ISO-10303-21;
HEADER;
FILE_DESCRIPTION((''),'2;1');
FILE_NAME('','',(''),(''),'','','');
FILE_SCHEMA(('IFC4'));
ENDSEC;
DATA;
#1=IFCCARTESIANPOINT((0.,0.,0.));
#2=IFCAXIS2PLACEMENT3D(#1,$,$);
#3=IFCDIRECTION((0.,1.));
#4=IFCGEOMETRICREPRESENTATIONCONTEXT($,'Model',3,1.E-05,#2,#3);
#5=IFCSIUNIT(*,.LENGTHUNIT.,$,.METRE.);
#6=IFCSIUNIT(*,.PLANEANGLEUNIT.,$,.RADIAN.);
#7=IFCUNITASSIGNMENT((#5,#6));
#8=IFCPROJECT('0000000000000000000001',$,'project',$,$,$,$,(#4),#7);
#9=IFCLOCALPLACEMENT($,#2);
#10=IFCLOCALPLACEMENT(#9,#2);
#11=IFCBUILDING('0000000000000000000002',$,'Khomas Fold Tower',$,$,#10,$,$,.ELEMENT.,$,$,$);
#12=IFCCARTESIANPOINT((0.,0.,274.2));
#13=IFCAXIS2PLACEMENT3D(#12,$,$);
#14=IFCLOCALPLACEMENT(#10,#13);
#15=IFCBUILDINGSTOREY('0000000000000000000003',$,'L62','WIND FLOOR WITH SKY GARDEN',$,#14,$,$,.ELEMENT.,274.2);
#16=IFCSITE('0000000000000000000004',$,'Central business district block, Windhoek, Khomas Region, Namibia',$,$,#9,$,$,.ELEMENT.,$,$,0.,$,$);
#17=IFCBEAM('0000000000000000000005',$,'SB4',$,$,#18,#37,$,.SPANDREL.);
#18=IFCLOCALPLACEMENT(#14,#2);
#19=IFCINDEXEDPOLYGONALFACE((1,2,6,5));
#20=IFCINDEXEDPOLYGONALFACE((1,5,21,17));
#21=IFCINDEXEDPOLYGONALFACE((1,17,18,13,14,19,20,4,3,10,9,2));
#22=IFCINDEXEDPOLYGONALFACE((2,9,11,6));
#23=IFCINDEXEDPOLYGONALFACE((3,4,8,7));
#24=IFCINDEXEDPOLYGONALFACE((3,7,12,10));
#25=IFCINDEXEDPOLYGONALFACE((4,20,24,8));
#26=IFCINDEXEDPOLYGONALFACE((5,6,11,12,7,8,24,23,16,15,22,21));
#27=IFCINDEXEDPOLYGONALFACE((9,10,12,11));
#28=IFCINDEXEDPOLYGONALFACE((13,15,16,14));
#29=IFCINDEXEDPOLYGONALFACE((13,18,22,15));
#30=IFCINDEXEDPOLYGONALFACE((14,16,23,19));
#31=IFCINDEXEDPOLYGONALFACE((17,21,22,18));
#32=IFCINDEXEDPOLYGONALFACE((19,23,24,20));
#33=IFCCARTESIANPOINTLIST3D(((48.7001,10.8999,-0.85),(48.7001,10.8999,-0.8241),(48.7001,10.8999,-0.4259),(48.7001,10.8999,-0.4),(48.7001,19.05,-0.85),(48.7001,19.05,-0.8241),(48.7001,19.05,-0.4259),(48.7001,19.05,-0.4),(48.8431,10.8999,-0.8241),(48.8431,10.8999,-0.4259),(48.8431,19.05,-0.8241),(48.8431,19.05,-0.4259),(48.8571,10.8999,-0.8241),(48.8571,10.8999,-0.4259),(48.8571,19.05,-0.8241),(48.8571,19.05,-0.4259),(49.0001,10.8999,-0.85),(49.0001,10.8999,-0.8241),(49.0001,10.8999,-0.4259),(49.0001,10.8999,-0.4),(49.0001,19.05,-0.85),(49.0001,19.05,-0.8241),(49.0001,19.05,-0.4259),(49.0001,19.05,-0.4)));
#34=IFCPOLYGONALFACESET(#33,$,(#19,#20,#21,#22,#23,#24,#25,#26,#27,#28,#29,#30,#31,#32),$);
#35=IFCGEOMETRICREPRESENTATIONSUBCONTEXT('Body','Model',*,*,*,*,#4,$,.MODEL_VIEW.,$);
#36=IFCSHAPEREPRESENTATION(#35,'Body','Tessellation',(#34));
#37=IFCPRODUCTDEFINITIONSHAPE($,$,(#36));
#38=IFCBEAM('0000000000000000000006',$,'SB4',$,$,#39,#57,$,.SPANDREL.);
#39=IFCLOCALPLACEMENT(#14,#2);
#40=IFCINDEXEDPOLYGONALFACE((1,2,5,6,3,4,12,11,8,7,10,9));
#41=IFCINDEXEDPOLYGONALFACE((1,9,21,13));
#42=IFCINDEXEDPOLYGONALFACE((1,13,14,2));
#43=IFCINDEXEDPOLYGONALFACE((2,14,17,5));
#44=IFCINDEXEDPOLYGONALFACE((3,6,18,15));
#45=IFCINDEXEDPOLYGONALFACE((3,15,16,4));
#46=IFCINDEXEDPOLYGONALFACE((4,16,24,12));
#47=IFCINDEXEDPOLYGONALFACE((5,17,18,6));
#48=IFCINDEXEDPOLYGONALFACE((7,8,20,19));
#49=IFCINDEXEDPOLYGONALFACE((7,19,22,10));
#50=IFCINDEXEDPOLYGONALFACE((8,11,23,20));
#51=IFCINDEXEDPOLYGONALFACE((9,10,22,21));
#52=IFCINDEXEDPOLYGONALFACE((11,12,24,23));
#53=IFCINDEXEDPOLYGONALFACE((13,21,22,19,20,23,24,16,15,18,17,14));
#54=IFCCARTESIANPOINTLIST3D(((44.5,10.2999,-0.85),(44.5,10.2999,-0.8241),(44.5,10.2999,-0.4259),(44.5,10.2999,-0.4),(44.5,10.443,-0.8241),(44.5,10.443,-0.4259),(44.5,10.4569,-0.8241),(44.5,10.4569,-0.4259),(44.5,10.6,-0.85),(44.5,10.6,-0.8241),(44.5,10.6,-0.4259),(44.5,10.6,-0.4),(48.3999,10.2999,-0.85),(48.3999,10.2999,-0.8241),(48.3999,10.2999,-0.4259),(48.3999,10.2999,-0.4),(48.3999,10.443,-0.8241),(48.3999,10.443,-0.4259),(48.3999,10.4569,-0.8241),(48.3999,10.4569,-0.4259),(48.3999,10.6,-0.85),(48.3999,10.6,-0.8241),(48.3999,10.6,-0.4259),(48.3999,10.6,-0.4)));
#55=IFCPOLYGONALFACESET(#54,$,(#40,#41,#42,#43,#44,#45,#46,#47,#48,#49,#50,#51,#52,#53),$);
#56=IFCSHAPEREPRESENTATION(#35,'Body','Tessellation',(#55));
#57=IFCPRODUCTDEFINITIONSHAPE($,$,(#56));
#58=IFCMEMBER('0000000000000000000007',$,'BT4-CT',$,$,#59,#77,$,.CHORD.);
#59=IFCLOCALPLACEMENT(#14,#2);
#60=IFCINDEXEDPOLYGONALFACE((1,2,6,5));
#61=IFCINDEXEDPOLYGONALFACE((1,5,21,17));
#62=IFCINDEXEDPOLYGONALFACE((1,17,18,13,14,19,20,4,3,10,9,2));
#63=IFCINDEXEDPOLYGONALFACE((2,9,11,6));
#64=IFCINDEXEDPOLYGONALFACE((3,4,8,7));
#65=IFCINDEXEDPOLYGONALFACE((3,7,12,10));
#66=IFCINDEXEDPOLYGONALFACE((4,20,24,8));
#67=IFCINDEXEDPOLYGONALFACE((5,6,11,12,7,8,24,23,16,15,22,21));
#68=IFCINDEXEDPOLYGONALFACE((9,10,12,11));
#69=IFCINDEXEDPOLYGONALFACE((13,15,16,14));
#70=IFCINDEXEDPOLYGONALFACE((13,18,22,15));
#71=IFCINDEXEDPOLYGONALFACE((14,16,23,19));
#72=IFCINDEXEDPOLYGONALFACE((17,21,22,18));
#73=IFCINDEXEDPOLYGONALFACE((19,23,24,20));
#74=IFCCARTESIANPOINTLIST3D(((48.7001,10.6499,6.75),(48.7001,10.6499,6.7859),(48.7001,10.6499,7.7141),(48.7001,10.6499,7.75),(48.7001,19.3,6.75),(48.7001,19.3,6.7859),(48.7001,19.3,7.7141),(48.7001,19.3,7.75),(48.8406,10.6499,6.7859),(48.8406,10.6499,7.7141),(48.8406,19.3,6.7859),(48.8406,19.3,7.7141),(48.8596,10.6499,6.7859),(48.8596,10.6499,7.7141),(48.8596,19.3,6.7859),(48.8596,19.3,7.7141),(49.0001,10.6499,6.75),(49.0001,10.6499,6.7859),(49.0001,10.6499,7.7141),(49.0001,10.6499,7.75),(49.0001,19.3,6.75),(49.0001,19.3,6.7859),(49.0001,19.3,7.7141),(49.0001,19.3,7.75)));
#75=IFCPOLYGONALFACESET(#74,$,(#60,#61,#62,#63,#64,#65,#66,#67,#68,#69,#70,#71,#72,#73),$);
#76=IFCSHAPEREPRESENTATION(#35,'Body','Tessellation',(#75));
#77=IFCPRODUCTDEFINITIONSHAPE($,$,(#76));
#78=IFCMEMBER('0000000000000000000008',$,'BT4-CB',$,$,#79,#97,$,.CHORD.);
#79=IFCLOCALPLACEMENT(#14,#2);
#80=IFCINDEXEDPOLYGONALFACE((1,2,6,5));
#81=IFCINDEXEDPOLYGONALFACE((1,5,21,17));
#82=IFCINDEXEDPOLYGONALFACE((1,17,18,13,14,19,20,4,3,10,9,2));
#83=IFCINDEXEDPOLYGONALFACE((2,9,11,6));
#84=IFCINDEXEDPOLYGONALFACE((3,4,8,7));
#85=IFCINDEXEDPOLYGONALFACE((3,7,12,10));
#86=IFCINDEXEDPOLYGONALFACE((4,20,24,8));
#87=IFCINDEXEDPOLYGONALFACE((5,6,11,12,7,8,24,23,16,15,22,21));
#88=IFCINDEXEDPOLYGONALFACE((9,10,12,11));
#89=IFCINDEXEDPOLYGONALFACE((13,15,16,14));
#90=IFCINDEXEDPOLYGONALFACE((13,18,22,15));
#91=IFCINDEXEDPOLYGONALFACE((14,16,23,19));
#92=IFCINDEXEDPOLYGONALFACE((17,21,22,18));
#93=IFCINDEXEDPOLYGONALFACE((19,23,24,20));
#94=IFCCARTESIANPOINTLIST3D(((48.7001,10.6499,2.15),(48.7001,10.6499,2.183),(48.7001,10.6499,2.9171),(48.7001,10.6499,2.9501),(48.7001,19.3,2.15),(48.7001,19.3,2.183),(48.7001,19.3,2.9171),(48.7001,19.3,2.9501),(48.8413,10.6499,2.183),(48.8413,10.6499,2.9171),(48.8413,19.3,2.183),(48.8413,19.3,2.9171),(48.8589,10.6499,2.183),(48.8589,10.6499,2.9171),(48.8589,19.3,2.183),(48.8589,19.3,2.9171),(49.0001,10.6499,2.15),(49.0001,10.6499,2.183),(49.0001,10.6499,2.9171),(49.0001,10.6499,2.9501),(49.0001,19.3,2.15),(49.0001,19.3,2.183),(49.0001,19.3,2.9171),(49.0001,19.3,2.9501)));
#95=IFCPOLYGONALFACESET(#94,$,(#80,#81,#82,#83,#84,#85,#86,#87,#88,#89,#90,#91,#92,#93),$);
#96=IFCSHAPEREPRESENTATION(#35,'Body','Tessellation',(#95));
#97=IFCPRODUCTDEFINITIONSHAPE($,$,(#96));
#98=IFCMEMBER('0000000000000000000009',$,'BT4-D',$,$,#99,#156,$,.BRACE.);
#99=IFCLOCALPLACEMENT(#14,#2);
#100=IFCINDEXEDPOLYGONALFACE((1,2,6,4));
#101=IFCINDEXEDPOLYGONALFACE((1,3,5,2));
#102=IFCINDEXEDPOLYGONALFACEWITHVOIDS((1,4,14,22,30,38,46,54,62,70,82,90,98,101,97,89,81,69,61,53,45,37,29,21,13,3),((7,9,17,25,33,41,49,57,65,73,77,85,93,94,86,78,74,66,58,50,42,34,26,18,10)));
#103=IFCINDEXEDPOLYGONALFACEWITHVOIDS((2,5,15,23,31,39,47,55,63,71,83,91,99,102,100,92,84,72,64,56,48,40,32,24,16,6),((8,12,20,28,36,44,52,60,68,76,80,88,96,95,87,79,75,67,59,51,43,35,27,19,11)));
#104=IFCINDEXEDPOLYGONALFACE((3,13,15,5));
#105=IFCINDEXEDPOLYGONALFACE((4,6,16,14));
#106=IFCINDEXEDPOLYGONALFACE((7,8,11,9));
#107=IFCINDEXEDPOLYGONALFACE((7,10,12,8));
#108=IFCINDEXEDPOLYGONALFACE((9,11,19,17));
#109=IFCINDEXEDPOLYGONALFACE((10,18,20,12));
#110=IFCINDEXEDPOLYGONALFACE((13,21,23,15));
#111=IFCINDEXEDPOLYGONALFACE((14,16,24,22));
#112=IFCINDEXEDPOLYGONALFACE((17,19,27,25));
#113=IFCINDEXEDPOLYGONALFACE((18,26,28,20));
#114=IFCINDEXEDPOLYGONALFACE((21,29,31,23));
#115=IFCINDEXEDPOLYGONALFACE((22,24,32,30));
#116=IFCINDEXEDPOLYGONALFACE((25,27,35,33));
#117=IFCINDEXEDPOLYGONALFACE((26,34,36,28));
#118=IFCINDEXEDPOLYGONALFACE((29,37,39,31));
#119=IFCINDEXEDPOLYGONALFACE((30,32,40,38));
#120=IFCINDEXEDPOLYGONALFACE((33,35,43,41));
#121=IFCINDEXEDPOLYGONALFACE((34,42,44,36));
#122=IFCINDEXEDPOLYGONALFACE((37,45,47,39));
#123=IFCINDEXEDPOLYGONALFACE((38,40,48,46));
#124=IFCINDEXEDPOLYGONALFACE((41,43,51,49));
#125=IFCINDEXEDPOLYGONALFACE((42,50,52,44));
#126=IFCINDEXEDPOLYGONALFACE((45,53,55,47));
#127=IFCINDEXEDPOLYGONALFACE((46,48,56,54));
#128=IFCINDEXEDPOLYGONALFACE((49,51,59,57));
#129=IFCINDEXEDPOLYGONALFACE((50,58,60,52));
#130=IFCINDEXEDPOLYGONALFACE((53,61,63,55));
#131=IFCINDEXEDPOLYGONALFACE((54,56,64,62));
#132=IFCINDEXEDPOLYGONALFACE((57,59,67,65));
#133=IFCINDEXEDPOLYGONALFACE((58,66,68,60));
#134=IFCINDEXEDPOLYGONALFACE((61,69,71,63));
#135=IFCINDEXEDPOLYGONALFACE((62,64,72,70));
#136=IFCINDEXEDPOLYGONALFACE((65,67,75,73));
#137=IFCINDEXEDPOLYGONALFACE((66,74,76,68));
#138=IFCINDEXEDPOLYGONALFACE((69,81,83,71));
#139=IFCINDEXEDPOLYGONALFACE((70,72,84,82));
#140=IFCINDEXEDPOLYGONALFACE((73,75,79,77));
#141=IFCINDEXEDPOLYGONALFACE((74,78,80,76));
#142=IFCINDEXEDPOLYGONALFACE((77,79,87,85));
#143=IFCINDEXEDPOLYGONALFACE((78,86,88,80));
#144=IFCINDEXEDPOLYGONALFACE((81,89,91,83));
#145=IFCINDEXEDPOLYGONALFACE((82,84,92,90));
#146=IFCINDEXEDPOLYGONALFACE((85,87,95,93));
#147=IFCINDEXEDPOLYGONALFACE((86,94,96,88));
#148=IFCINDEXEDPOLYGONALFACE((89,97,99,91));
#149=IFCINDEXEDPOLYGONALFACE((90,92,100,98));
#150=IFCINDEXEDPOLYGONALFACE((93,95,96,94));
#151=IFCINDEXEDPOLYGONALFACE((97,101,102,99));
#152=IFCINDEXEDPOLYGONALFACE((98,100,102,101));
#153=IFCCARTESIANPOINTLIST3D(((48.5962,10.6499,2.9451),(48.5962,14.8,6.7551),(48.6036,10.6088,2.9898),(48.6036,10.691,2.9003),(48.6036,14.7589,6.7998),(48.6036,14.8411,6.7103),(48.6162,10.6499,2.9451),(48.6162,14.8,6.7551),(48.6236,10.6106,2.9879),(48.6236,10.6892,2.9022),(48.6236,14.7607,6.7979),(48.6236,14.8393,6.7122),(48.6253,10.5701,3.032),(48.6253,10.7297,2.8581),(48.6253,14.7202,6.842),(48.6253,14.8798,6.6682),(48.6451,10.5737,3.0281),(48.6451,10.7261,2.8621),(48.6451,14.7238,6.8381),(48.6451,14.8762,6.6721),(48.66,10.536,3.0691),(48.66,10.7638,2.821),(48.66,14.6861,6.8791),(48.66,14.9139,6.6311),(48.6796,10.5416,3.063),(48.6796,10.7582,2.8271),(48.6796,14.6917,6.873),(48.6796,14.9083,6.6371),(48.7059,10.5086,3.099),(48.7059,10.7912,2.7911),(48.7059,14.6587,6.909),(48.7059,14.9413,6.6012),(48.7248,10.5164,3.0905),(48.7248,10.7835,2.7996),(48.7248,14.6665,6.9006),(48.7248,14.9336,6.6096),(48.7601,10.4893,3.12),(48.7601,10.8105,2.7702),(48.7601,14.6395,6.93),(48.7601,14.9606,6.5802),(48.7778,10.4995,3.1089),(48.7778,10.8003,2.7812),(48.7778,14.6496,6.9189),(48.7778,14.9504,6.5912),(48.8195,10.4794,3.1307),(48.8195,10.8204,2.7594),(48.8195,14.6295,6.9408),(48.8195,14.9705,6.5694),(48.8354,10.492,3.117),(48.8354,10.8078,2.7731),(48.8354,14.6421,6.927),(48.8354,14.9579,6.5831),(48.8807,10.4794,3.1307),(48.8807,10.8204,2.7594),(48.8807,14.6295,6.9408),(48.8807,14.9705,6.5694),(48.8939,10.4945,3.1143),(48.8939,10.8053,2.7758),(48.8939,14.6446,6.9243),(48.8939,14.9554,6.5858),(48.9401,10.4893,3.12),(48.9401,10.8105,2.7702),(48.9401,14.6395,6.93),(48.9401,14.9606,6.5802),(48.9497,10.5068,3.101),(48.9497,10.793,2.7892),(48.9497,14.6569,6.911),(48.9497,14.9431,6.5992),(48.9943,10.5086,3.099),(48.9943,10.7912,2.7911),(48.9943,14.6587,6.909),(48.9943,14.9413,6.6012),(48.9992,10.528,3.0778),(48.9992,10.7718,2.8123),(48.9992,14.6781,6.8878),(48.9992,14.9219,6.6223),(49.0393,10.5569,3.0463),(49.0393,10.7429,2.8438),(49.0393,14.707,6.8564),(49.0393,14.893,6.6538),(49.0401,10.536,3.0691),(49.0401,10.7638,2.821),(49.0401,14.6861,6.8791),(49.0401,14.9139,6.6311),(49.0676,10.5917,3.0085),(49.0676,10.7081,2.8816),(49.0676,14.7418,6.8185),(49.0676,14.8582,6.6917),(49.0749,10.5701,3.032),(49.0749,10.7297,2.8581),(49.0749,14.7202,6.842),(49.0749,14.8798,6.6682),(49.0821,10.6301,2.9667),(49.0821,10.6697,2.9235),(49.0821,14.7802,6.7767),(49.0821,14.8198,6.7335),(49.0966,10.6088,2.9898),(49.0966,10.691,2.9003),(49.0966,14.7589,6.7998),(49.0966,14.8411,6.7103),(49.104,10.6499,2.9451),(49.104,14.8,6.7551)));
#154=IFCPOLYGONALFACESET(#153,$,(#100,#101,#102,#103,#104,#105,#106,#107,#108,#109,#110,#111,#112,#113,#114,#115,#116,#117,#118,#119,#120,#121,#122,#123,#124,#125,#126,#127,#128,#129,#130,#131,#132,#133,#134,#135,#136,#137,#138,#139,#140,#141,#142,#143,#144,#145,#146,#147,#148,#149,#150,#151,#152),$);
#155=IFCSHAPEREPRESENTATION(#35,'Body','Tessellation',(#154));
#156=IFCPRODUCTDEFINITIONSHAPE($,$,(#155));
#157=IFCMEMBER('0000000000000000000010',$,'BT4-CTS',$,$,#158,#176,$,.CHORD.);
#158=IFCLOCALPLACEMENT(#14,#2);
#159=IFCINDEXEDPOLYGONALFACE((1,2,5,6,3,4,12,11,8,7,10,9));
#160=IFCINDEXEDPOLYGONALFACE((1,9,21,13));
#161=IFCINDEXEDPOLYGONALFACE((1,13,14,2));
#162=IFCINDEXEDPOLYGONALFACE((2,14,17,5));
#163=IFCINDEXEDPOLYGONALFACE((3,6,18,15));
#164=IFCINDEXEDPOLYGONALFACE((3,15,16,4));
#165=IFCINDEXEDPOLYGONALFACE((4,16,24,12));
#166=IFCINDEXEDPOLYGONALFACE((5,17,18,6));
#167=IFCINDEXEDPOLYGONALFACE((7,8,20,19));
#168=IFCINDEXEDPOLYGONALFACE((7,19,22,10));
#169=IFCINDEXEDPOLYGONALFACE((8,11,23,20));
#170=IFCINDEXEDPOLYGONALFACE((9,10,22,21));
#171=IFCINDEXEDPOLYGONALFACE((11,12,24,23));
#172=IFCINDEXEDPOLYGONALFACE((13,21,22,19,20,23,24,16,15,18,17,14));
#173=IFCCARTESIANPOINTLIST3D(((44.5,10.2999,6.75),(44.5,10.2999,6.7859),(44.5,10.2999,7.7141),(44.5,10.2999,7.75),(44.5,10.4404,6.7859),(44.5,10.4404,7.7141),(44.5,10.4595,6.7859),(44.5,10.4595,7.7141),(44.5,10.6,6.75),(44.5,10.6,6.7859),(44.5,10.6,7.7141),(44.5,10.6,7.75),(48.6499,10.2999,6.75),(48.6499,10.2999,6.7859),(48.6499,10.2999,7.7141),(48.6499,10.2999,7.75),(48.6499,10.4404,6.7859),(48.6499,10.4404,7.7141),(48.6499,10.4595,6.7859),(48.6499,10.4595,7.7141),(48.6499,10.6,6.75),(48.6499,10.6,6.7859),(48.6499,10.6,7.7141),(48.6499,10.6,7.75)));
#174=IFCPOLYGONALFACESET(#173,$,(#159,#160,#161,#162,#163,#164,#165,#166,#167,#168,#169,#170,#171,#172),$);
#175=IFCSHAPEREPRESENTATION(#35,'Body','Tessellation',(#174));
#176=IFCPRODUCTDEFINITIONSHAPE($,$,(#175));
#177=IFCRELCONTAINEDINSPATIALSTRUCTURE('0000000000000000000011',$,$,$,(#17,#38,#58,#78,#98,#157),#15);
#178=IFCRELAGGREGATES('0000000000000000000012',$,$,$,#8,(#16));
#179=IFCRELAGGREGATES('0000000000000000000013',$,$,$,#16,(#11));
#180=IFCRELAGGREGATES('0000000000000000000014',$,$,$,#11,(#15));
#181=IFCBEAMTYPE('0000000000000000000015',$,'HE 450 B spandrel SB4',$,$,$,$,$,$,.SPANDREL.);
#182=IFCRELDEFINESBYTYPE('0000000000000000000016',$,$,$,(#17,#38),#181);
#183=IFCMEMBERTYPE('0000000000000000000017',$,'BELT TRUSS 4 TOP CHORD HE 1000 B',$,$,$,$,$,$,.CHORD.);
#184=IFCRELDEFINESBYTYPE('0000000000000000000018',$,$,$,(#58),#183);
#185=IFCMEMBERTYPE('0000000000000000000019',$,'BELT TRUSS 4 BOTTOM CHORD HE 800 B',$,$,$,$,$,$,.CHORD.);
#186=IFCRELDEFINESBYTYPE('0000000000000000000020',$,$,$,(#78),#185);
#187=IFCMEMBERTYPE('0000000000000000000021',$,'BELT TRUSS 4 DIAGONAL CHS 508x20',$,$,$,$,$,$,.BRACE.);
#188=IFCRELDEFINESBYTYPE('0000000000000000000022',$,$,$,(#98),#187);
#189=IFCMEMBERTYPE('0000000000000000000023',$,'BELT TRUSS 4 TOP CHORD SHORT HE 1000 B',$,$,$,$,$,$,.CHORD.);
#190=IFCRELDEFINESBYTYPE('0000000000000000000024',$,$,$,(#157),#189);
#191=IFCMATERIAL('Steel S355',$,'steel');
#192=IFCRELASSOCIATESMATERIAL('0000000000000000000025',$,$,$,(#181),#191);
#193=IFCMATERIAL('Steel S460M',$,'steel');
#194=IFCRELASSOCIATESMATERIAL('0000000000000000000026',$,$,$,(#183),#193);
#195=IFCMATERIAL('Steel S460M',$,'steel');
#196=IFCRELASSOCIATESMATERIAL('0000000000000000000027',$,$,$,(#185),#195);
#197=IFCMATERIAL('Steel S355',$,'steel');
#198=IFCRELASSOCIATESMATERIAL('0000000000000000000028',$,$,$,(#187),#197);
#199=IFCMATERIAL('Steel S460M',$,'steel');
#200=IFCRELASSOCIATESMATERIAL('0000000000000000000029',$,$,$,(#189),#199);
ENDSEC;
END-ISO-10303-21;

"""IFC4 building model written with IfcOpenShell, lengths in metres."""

from ifc_helpers import new_model, si_unit, direction, frame, origin, origin_2d, place, context, subcontext, project, spatial, hollow_circle, i_section, extrude, source, transform, mapped, material, material_profile, profile_set, type_object, element, save


model = new_model("IFC4")

# Units and contexts
model_context = context("Model", 3, precision=1e-05, world=origin(), true_north=direction((0.0, 1.0)))
body_context = subcontext(model_context, "Body", "Model", "MODEL_VIEW")
ifc_project = project(units=[si_unit("LENGTHUNIT", "METRE"), si_unit("PLANEANGLEUNIT", "RADIAN")], contexts=[model_context])

# Site, building, storey
site_placement = place(None, origin())
site = spatial("IfcSite", under=ifc_project, at=site_placement, Name="Central business district block, Windhoek, Khomas Region, Namibia", CompositionType="ELEMENT", RefElevation=0.0)
building_placement = place(site_placement, origin())
building = spatial("IfcBuilding", under=site, at=building_placement, Name="Khomas Fold Tower", CompositionType="ELEMENT")
storey_placement = place(building_placement, frame((0.0, 0.0, 274.2)))
storey = spatial("IfcBuildingStorey", under=building, at=storey_placement, Name="L62", Description="WIND FLOOR WITH SKY GARDEN", CompositionType="ELEMENT", Elevation=274.2)

# Beams
ifc_material_1 = material(Name="Steel S355", Category="steel")
ifc_material_profile_1 = material_profile(ifc_material_1, i_section(OverallWidth=0.3, OverallDepth=0.45, WebThickness=0.0139, FlangeThickness=0.0259, at=origin_2d()), Name="HE 450 B")
ifc_profile_set_1 = profile_set([ifc_material_profile_1], Name="Steel S355")
beam_type_1 = type_object("IfcBeamType", Name="HE 450 B spandrel SB4", PredefinedType="SPANDREL", material=ifc_profile_set_1)
shared_shape_1 = source(origin(), body_context, "Body", "SweptSolid", [
    extrude(i_section(OverallWidth=0.3, OverallDepth=0.45, WebThickness=0.0139, FlangeThickness=0.0259, at=origin_2d()), origin(), (0.0, 0.0, 1.0), 8.1501),
])
beam_1_placement = place(storey_placement, frame((48.8501, 10.8999, -0.625), z_axis=(0.0, 1.0, 0.0), x_axis=(-1.0, 0.0, 0.0)))
element("IfcBeam", 1, at=beam_1_placement, inside=storey, type_object=beam_type_1, Name="SB4", PredefinedType="SPANDREL", context=body_context, shape_type="MappedRepresentation", body=[
    mapped(shared_shape_1, transform((0.0, 0.0, 0.0))),
])
shared_shape_2 = source(origin(), body_context, "Body", "SweptSolid", [
    extrude(i_section(OverallWidth=0.3, OverallDepth=0.45, WebThickness=0.0139, FlangeThickness=0.0259, at=origin_2d()), origin(), (0.0, 0.0, 1.0), 3.8999),
])
beam_2_placement = place(storey_placement, frame((44.5, 10.45, -0.625), z_axis=(1.0, 0.0, 0.0), x_axis=(0.0, 1.0, 0.0)))
element("IfcBeam", 2, at=beam_2_placement, inside=storey, type_object=beam_type_1, Name="SB4", PredefinedType="SPANDREL", context=body_context, shape_type="MappedRepresentation", body=[
    mapped(shared_shape_2, transform((0.0, 0.0, 0.0))),
])

# Members
ifc_material_2 = material(Name="Steel S460M", Category="steel")
ifc_material_profile_2 = material_profile(ifc_material_2, i_section(OverallWidth=0.3, OverallDepth=1.0, WebThickness=0.019, FlangeThickness=0.0359, at=origin_2d()), Name="HE 1000 B")
ifc_profile_set_2 = profile_set([ifc_material_profile_2], Name="Steel S460M")
member_type_1 = type_object("IfcMemberType", Name="BELT TRUSS 4 TOP CHORD HE 1000 B", PredefinedType="CHORD", material=ifc_profile_set_2)
shared_shape_3 = source(origin(), body_context, "Body", "SweptSolid", [
    extrude(i_section(OverallWidth=0.3, OverallDepth=1.0, WebThickness=0.019, FlangeThickness=0.0359, at=origin_2d()), origin(), (0.0, 0.0, 1.0), 8.6501),
])
member_1_placement = place(storey_placement, frame((48.8501, 10.6499, 7.25), z_axis=(0.0, 1.0, 0.0), x_axis=(-1.0, 0.0, 0.0)))
element("IfcMember", 3, at=member_1_placement, inside=storey, type_object=member_type_1, Name="BT4-CT", PredefinedType="CHORD", context=body_context, shape_type="MappedRepresentation", body=[
    mapped(shared_shape_3, transform((0.0, 0.0, 0.0))),
])
ifc_material_3 = material(Name="Steel S460M", Category="steel")
ifc_material_profile_3 = material_profile(ifc_material_3, i_section(OverallWidth=0.3, OverallDepth=0.8, WebThickness=0.0176, FlangeThickness=0.033, at=origin_2d()), Name="HE 800 B")
ifc_profile_set_3 = profile_set([ifc_material_profile_3], Name="Steel S460M")
member_type_2 = type_object("IfcMemberType", Name="BELT TRUSS 4 BOTTOM CHORD HE 800 B", PredefinedType="CHORD", material=ifc_profile_set_3)
shared_shape_4 = source(origin(), body_context, "Body", "SweptSolid", [
    extrude(i_section(OverallWidth=0.3, OverallDepth=0.8, WebThickness=0.0176, FlangeThickness=0.033, at=origin_2d()), origin(), (0.0, 0.0, 1.0), 8.6501),
])
member_2_placement = place(storey_placement, frame((48.8501, 10.6499, 2.55), z_axis=(0.0, 1.0, 0.0), x_axis=(-1.0, 0.0, 0.0)))
element("IfcMember", 4, at=member_2_placement, inside=storey, type_object=member_type_2, Name="BT4-CB", PredefinedType="CHORD", context=body_context, shape_type="MappedRepresentation", body=[
    mapped(shared_shape_4, transform((0.0, 0.0, 0.0))),
])
ifc_material_4 = material(Name="Steel S355", Category="steel")
ifc_material_profile_4 = material_profile(ifc_material_4, hollow_circle(Radius=0.2539, WallThickness=0.02, at=origin_2d()), Name="CHS 508x20")
ifc_profile_set_4 = profile_set([ifc_material_profile_4], Name="Steel S355")
member_type_3 = type_object("IfcMemberType", Name="BELT TRUSS 4 DIAGONAL CHS 508x20", PredefinedType="BRACE", material=ifc_profile_set_4)
shared_shape_5 = source(origin(), body_context, "Body", "SweptSolid", [
    extrude(hollow_circle(Radius=0.2539, WallThickness=0.02, at=origin_2d()), origin(), (0.0, 0.0, 1.0), 5.6338),
])
member_3_placement = place(storey_placement, frame((48.8501, 10.6499, 2.9451), z_axis=(0.0, 0.736645, 0.67628), x_axis=(-1.0, 0.0, 0.0)))
element("IfcMember", 5, at=member_3_placement, inside=storey, type_object=member_type_3, Name="BT4-D", PredefinedType="BRACE", context=body_context, shape_type="MappedRepresentation", body=[
    mapped(shared_shape_5, transform((0.0, 0.0, 0.0))),
])
ifc_material_5 = material(Name="Steel S460M", Category="steel")
ifc_material_profile_5 = material_profile(ifc_material_5, i_section(OverallWidth=0.3, OverallDepth=1.0, WebThickness=0.019, FlangeThickness=0.0359, at=origin_2d()), Name="HE 1000 B")
ifc_profile_set_5 = profile_set([ifc_material_profile_5], Name="Steel S460M")
member_type_4 = type_object("IfcMemberType", Name="BELT TRUSS 4 TOP CHORD SHORT HE 1000 B", PredefinedType="CHORD", material=ifc_profile_set_5)
shared_shape_6 = source(origin(), body_context, "Body", "SweptSolid", [
    extrude(i_section(OverallWidth=0.3, OverallDepth=1.0, WebThickness=0.019, FlangeThickness=0.0359, at=origin_2d()), origin(), (0.0, 0.0, 1.0), 4.1499),
])
member_4_placement = place(storey_placement, frame((48.6499, 10.45, 7.25), z_axis=(-1.0, 0.0, 0.0), x_axis=(0.0, -1.0, 0.0)))
element("IfcMember", 6, at=member_4_placement, inside=storey, type_object=member_type_4, Name="BT4-CTS", PredefinedType="CHORD", context=body_context, shape_type="MappedRepresentation", body=[
    mapped(shared_shape_6, transform((0.0, 0.0, 0.0))),
])

save(model, "model.ifc")
